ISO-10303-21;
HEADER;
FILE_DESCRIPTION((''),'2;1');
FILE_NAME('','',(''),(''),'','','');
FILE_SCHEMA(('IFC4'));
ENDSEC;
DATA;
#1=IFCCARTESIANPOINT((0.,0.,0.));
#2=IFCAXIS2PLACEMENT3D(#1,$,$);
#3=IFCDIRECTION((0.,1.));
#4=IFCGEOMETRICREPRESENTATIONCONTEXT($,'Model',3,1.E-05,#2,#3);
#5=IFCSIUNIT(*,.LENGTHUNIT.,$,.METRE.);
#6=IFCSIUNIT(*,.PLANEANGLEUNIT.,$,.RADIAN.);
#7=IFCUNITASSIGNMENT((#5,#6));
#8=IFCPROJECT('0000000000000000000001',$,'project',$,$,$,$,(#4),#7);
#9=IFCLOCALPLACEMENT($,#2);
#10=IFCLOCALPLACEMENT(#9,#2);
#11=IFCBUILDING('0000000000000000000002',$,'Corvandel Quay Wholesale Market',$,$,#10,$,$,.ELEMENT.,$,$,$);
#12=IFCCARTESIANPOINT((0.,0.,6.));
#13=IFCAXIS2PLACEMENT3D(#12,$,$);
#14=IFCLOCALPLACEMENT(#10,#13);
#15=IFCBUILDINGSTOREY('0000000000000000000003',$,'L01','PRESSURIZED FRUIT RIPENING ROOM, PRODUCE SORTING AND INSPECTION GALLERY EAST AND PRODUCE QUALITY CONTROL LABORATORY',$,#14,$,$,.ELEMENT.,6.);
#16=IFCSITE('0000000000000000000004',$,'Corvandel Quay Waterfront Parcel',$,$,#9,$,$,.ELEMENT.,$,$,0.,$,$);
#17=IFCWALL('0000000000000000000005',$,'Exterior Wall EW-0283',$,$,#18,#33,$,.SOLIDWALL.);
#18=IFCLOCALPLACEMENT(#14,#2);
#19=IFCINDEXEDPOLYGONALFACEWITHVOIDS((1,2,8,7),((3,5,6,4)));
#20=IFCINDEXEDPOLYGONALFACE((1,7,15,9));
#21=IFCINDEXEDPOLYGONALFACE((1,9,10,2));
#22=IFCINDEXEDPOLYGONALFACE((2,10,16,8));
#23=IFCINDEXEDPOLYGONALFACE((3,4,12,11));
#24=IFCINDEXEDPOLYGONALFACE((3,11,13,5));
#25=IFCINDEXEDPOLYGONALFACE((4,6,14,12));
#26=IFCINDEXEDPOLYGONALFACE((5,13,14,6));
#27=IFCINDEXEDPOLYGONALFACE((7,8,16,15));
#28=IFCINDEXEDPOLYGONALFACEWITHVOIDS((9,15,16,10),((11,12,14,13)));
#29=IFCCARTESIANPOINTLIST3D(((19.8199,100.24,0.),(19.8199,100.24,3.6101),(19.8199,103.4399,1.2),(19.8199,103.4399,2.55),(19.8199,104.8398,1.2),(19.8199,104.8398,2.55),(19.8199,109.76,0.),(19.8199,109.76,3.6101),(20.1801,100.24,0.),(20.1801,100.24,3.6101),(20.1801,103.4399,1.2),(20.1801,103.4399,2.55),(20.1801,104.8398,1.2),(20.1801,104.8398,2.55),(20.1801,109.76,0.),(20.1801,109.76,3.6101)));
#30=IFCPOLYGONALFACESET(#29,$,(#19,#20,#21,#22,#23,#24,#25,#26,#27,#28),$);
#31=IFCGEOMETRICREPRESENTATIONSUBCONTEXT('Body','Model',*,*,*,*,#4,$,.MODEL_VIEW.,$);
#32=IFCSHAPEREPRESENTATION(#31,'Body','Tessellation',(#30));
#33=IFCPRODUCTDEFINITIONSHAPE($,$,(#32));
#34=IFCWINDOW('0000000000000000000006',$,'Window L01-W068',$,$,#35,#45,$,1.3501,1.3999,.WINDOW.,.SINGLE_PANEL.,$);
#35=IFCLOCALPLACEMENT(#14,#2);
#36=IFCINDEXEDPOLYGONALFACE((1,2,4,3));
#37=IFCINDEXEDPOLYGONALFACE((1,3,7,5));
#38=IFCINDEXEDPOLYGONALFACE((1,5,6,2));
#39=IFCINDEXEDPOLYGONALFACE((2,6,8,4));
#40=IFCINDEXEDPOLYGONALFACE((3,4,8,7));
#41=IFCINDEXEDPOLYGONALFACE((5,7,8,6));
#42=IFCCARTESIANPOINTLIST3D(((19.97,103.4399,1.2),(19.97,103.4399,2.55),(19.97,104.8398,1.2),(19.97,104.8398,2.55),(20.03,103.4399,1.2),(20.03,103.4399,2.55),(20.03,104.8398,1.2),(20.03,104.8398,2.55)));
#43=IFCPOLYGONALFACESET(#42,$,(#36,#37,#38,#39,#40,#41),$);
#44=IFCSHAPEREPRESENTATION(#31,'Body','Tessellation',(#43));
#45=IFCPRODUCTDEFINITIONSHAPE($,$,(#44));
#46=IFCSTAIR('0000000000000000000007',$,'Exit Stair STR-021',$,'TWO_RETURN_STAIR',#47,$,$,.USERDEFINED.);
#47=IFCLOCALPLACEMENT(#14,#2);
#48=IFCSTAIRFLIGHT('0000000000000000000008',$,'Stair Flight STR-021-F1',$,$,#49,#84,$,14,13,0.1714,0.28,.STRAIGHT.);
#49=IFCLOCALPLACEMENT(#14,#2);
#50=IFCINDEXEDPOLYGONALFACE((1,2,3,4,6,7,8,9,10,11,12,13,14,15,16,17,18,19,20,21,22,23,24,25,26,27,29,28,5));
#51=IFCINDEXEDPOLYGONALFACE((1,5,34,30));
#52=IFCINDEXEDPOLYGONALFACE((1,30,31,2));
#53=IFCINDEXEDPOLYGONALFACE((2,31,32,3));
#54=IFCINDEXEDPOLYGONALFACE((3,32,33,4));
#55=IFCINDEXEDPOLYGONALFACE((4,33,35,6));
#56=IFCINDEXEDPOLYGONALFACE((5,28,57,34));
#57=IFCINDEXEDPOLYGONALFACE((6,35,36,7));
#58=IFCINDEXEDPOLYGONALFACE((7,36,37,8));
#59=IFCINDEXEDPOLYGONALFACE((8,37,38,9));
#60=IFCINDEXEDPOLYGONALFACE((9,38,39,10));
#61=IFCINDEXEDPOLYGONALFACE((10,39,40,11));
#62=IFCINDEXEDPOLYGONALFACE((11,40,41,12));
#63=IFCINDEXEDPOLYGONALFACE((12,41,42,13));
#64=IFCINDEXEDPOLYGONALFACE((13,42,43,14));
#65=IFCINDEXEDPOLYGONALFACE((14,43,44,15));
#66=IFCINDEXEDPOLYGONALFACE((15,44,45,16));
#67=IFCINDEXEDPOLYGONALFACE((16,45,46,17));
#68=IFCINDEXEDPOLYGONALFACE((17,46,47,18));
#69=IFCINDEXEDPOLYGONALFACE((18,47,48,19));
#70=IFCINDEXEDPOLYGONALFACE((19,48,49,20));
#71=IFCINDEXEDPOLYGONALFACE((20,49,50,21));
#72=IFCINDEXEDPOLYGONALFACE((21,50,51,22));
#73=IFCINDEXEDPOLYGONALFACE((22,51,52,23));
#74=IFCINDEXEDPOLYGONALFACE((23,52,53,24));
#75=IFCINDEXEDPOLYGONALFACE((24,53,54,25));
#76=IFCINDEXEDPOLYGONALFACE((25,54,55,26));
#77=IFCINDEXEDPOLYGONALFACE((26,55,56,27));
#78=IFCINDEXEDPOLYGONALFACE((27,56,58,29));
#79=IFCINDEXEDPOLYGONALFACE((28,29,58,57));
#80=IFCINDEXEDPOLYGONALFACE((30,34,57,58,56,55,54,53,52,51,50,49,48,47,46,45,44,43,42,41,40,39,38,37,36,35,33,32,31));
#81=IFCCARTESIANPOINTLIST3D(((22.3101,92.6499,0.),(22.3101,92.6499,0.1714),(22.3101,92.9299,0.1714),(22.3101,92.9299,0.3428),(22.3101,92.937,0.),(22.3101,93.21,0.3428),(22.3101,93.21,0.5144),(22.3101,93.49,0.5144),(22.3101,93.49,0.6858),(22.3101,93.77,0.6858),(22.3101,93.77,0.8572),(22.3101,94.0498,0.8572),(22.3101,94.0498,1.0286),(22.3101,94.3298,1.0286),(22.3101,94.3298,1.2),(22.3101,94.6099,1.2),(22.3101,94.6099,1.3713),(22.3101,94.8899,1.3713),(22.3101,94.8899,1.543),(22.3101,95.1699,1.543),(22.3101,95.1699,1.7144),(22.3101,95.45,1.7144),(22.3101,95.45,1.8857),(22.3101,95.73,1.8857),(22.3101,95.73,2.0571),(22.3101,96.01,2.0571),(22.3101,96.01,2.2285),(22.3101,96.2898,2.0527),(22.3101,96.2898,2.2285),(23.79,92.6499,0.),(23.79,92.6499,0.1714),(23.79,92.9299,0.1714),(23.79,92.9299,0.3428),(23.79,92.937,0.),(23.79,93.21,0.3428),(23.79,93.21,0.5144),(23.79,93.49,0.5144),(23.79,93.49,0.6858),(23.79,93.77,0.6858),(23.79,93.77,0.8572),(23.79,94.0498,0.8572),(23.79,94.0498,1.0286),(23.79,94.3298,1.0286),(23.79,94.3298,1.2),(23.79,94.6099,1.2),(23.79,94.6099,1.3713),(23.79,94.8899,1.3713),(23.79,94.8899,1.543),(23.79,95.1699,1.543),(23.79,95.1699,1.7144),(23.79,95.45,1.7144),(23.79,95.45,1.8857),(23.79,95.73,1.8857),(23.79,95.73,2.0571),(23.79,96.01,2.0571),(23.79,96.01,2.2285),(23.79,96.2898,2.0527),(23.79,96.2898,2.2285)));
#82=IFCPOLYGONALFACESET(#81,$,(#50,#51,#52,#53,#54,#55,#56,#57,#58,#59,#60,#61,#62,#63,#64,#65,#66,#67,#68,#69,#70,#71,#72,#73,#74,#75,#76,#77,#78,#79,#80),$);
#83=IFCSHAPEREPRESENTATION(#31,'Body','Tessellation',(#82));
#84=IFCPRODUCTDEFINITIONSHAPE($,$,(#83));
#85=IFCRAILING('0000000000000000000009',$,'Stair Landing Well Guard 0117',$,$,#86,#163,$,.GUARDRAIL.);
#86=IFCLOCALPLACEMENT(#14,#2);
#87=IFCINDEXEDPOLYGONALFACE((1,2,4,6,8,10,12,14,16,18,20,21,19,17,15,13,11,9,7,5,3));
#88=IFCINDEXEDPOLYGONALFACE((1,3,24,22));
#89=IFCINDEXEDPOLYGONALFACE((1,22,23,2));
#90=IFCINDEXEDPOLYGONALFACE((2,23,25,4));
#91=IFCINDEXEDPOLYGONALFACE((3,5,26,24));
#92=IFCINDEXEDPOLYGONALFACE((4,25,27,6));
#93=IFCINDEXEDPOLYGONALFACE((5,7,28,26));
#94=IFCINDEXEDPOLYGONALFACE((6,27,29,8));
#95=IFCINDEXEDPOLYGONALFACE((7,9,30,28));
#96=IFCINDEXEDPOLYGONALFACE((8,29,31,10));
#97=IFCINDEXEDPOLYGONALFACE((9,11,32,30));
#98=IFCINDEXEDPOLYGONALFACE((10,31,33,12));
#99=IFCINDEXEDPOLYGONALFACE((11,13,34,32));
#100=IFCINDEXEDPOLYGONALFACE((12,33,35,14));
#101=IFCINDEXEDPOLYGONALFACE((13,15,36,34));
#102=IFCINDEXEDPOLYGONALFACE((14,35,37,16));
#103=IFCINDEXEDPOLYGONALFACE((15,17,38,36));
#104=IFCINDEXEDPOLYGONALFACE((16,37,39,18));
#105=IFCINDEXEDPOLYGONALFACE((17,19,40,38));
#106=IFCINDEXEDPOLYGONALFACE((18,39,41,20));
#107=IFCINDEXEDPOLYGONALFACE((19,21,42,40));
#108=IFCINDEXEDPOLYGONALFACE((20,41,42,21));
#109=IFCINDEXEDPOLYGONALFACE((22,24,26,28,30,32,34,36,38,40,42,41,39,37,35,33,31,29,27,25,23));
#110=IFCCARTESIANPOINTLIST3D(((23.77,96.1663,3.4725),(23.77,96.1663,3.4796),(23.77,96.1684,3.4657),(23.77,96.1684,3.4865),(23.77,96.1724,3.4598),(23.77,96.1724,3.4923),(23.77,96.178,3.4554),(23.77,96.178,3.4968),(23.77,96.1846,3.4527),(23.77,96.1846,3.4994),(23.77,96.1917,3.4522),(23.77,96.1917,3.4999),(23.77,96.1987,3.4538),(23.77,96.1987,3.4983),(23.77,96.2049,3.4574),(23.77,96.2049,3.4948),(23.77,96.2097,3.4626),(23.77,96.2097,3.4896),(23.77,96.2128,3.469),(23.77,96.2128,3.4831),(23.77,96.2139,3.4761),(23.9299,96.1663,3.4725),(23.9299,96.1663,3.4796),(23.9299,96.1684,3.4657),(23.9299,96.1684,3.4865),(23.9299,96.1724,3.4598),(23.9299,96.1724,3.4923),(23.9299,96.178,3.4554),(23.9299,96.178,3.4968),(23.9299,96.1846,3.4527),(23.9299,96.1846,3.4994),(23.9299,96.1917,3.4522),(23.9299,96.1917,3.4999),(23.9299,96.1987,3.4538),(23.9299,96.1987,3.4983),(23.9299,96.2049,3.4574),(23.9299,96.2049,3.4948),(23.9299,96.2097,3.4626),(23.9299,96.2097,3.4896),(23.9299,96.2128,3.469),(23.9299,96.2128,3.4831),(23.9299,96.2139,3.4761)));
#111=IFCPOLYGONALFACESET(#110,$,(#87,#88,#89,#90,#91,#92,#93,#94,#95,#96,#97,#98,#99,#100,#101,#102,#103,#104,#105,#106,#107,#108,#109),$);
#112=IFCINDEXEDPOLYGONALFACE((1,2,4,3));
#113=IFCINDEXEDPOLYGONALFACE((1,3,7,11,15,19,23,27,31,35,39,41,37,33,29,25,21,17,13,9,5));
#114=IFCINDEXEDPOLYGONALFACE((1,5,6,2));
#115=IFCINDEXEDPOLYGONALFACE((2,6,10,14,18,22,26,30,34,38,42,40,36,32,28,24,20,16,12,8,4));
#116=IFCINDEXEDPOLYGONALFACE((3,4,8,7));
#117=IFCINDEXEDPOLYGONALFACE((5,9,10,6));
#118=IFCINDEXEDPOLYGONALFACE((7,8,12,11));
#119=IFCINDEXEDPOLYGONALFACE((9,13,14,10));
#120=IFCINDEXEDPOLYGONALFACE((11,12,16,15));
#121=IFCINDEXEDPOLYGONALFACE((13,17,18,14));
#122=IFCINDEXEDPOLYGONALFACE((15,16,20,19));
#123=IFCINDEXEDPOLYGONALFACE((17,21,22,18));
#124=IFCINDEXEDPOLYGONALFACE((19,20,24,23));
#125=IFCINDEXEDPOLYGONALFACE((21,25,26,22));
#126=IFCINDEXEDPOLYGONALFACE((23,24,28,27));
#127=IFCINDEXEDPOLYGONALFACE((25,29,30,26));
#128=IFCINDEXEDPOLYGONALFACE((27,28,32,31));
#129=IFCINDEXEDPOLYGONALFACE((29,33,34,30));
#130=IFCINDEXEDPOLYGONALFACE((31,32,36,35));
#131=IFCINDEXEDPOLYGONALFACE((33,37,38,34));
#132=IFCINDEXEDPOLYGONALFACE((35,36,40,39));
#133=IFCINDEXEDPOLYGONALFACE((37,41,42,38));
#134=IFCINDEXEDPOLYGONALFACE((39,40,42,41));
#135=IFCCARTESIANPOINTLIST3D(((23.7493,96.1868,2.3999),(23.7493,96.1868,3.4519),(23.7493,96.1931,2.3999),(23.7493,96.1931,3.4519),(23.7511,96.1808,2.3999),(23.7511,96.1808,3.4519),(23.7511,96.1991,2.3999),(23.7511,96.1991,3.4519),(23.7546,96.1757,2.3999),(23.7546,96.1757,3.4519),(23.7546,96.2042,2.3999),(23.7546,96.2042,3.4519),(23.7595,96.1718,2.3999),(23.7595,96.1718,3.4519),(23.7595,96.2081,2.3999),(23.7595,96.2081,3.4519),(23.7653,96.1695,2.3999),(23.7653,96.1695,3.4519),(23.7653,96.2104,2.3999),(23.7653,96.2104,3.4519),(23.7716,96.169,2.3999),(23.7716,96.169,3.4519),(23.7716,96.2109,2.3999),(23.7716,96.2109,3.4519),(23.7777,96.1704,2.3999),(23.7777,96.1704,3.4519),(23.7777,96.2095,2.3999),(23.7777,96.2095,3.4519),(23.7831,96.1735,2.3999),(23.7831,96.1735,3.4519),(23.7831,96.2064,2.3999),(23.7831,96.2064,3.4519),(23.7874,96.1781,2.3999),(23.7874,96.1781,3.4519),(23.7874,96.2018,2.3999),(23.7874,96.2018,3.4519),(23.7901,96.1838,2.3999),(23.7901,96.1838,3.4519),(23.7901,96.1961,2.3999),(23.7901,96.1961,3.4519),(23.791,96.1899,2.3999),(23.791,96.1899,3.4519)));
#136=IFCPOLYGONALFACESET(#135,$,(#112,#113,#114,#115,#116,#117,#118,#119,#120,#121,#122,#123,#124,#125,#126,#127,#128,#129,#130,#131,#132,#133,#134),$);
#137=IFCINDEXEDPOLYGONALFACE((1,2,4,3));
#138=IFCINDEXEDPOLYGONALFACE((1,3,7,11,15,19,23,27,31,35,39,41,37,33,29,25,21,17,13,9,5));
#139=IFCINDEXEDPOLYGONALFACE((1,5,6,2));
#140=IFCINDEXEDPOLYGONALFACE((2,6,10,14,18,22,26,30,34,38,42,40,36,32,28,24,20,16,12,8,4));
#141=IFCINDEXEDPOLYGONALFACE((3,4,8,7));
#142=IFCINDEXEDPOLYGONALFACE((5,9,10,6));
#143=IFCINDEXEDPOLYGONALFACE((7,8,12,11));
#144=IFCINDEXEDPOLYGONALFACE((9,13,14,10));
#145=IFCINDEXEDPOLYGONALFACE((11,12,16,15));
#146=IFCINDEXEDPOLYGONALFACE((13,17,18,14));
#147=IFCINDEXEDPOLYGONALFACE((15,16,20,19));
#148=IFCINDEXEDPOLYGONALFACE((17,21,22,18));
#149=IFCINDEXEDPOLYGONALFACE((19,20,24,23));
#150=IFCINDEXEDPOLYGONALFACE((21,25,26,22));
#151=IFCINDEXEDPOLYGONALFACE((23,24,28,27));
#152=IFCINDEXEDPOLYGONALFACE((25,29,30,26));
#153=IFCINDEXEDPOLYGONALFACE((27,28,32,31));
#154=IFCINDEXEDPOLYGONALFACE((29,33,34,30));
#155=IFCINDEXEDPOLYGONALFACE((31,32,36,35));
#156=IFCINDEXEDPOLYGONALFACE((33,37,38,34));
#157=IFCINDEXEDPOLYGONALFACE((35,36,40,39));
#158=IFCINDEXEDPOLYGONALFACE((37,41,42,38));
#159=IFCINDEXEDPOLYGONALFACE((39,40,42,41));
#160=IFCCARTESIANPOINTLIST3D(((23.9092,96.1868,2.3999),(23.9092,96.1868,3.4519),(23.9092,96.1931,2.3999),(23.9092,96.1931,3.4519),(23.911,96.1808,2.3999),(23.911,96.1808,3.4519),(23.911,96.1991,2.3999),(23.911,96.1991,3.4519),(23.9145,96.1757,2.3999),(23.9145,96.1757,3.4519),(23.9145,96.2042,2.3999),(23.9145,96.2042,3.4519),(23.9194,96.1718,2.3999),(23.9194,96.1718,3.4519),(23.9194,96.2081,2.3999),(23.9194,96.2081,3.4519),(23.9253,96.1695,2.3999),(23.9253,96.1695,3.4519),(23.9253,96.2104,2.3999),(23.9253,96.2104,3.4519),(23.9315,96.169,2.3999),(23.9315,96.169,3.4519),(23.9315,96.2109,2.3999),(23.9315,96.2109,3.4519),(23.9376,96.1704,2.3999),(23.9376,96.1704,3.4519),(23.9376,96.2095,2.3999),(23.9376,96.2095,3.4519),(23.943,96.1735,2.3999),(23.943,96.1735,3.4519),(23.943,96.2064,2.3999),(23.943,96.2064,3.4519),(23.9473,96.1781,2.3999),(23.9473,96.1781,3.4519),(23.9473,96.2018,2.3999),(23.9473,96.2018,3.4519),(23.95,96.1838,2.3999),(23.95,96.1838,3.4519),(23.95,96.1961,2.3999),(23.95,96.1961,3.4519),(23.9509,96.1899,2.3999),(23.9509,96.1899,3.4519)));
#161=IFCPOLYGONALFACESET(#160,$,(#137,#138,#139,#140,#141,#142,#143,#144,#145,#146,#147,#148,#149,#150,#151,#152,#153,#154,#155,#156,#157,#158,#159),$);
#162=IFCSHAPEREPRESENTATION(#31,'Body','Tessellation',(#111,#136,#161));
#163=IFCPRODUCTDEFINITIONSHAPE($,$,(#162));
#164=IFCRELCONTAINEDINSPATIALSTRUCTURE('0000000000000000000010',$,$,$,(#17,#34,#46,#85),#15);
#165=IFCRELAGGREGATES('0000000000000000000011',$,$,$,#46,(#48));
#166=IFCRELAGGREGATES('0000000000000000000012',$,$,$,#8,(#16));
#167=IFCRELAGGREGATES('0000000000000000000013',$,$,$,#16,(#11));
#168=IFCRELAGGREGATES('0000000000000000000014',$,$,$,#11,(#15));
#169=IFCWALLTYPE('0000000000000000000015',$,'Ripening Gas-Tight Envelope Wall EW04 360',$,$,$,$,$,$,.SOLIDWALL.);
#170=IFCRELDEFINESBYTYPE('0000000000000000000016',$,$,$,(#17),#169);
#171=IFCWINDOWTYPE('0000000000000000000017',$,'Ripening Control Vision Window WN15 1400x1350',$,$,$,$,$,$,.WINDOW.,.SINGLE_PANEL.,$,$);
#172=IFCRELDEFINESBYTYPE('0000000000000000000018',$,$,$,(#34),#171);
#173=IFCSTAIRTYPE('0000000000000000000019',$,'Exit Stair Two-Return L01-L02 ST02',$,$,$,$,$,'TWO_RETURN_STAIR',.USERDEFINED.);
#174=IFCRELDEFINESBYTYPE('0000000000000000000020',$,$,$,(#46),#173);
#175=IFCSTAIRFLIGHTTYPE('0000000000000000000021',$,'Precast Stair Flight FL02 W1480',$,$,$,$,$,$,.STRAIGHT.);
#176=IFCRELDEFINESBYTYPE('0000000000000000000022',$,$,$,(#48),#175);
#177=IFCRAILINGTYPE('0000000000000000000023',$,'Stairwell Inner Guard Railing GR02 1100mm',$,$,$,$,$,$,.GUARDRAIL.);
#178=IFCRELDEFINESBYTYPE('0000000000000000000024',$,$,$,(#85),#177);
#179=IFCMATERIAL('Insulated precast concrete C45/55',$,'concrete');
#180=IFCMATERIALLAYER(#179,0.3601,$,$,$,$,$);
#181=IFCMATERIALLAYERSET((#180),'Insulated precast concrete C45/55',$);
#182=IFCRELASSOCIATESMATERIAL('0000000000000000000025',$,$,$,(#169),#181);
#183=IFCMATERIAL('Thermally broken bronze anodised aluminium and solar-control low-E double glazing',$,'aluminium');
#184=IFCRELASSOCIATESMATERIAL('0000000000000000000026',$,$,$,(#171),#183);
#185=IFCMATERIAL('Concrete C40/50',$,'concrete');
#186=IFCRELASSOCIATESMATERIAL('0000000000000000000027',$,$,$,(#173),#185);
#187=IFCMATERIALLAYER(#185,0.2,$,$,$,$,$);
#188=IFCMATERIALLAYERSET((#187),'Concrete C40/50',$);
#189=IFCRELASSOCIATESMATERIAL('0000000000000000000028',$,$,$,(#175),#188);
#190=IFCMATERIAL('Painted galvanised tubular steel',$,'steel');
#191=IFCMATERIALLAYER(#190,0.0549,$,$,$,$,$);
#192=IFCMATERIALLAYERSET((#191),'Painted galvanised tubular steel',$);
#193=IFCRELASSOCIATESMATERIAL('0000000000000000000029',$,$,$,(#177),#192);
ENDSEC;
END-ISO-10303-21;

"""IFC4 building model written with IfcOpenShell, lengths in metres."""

from ifc_helpers import new_model, si_unit, direction, frame, frame_2d, origin, origin_2d, place, context, subcontext, project, spatial, polyline, rectangle, circle, outline, extrude, material, layer, layer_set, type_object, element, fill, aggregate, save


model = new_model("IFC4")

# Units and contexts
model_context = context("Model", 3, precision=1e-05, world=origin(), true_north=direction((0.0, 1.0)))
body_context = subcontext(model_context, "Body", "Model", "MODEL_VIEW")
ifc_project = project(units=[si_unit("LENGTHUNIT", "METRE"), si_unit("PLANEANGLEUNIT", "RADIAN")], contexts=[model_context])

# Site, building, storey
site_placement = place(None, origin())
site = spatial("IfcSite", under=ifc_project, at=site_placement, Name="Corvandel Quay Waterfront Parcel", CompositionType="ELEMENT", RefElevation=0.0)
building_placement = place(site_placement, origin())
building = spatial("IfcBuilding", under=site, at=building_placement, Name="Corvandel Quay Wholesale Market", CompositionType="ELEMENT")
storey_placement = place(building_placement, frame((0.0, 0.0, 6.0)))
storey = spatial("IfcBuildingStorey", under=building, at=storey_placement, Name="L01", Description="PRESSURIZED FRUIT RIPENING ROOM, PRODUCE SORTING AND INSPECTION GALLERY EAST AND PRODUCE QUALITY CONTROL LABORATORY", CompositionType="ELEMENT", Elevation=6.0)

# Shared definitions
ifc_material_1 = material(Name="Concrete C40/50", Category="concrete")

# Wall, opening, window
ifc_material_2 = material(Name="Insulated precast concrete C45/55", Category="concrete")
ifc_layer_1 = layer(ifc_material_2, 0.3601)
ifc_layer_set_1 = layer_set([ifc_layer_1], Name="Insulated precast concrete C45/55")
wall_type_1 = type_object("IfcWallType", Name="Ripening Gas-Tight Envelope Wall EW04 360", PredefinedType="SOLIDWALL", material=ifc_layer_set_1)
ifc_material_3 = material(Name="Thermally broken bronze anodised aluminium and solar-control low-E double glazing", Category="aluminium")
window_type = type_object("IfcWindowType", Name="Ripening Control Vision Window WN15 1400x1350", PartitioningType="SINGLE_PANEL", PredefinedType="WINDOW", material=ifc_material_3)
wall_1_placement = place(storey_placement, frame((20.0, 100.24, 0.0), z_axis=(0.0, 0.0, 1.0), x_axis=(0.0, 1.0, 0.0)))
wall_1 = element("IfcWall", 1, at=wall_1_placement, inside=storey, type_object=wall_type_1, Name="Exterior Wall EW-0283", PredefinedType="SOLIDWALL", context=body_context, shape_type="SweptSolid", body=[
    extrude(rectangle(XDim=9.52, YDim=0.3601, at=frame_2d((4.76, 0.0))), origin(), (0.0, 0.0, 1.0), 3.6101),
])
opening_1_placement = place(wall_1_placement, frame((3.2, 0.0, 1.2)))
opening_1 = element("IfcOpeningElement", 2, at=opening_1_placement, cuts=wall_1, PredefinedType="OPENING", context=body_context, shape_type="SweptSolid", body=[
    extrude(rectangle(XDim=1.3999, YDim=1.3501, at=frame_2d((0.7, 0.675))), frame((0.0, 0.1899, 0.0), z_axis=(0.0, -1.0, 0.0), x_axis=(1.0, 0.0, 0.0)), (0.0, 0.0, 1.0), 0.3801),
])
window_1_placement = place(opening_1_placement, origin())
window_1 = element("IfcWindow", 3, at=window_1_placement, inside=storey, type_object=window_type, Name="Window L01-W068", OverallHeight=1.3501, OverallWidth=1.3999, PartitioningType="SINGLE_PANEL", PredefinedType="WINDOW", context=body_context, shape_type="SweptSolid", body=[
    extrude(rectangle(XDim=1.3999, YDim=1.3501, at=frame_2d((0.7, 0.675))), frame((0.0, 0.03, 0.0), z_axis=(0.0, -1.0, 0.0), x_axis=(1.0, 0.0, 0.0)), (0.0, 0.0, 1.0), 0.0601),
])
fill(opening_1, window_1)

# Stair, stair flight
stair_type = type_object("IfcStairType", Name="Exit Stair Two-Return L01-L02 ST02", ElementType="TWO_RETURN_STAIR", PredefinedType="USERDEFINED", material=ifc_material_1)
stair_placement = place(storey_placement, origin())
stair = element("IfcStair", 4, at=stair_placement, inside=storey, type_object=stair_type, Name="Exit Stair STR-021", ObjectType="TWO_RETURN_STAIR", PredefinedType="USERDEFINED")
ifc_layer_2 = layer(ifc_material_1, 0.2)
ifc_layer_set_2 = layer_set([ifc_layer_2], Name="Concrete C40/50")
stair_flight_type = type_object("IfcStairFlightType", Name="Precast Stair Flight FL02 W1480", PredefinedType="STRAIGHT", material=ifc_layer_set_2)
stair_flight_placement = place(storey_placement, frame((23.05, 92.6499, 0.0), z_axis=(0.0, 0.0, 1.0), x_axis=(0.0, 1.0, 0.0)))
stair_flight = element("IfcStairFlight", 5, at=stair_flight_placement, type_object=stair_flight_type, Name="Stair Flight STR-021-F1", NumberOfRisers=14, NumberOfTreads=13, PredefinedType="STRAIGHT", RiserHeight=0.1714, TreadLength=0.28, context=body_context, shape_type="SweptSolid", body=[
    extrude(outline(polyline([(0.0, 0.0), (0.0, 0.1714), (0.28, 0.1714), (0.28, 0.3428), (0.5601, 0.3428), (0.5601, 0.5144), (0.8401, 0.5144), (0.8401, 0.6858), (1.1201, 0.6858), (1.1201, 0.8572), (1.3999, 0.8572), (1.3999, 1.0286), (1.6799, 1.0286), (1.6799, 1.2), (1.96, 1.2), (1.96, 1.3713), (2.24, 1.3713), (2.24, 1.543), (2.52, 1.543), (2.52, 1.7144), (2.8, 1.7144), (2.8, 1.8857), (3.0801, 1.8857), (3.0801, 2.0571), (3.3601, 2.0571), (3.3601, 2.2285), (3.6399, 2.2285), (3.6399, 2.3999), (3.6399, 2.0527), (0.2871, 0.0), (0.0, 0.0)])), frame((0.0, 0.74, 0.0), z_axis=(0.0, -1.0, 0.0), x_axis=(1.0, 0.0, 0.0)), (0.0, 0.0, 1.0), 1.48),
])
aggregate(stair, [stair_flight])

# Railing
ifc_material_4 = material(Name="Painted galvanised tubular steel", Category="steel")
ifc_layer_3 = layer(ifc_material_4, 0.0549)
ifc_layer_set_3 = layer_set([ifc_layer_3], Name="Painted galvanised tubular steel")
railing_type_1 = type_object("IfcRailingType", Name="Stairwell Inner Guard Railing GR02 1100mm", PredefinedType="GUARDRAIL", material=ifc_layer_set_3)
railing_placement = place(storey_placement, frame((23.77, 96.1899, 2.3999)))
element("IfcRailing", 6, at=railing_placement, inside=storey, type_object=railing_type_1, Name="Stair Landing Well Guard 0117", PredefinedType="GUARDRAIL", context=body_context, shape_type="SweptSolid", body=[
    extrude(circle(Radius=0.0239, at=origin_2d()), frame((0.0, 0.0, 1.0762), z_axis=(1.0, 0.0, 0.0), x_axis=(0.0, 1.0, 0.0)), (0.0, 0.0, 1.0), 0.1599),
    extrude(circle(Radius=0.021, at=origin_2d()), origin(), (0.0, 0.0, 1.0), 1.052),
    extrude(circle(Radius=0.021, at=origin_2d()), frame((0.1599, 0.0, 0.0)), (0.0, 0.0, 1.0), 1.052),
])

save(model, "model.ifc")
